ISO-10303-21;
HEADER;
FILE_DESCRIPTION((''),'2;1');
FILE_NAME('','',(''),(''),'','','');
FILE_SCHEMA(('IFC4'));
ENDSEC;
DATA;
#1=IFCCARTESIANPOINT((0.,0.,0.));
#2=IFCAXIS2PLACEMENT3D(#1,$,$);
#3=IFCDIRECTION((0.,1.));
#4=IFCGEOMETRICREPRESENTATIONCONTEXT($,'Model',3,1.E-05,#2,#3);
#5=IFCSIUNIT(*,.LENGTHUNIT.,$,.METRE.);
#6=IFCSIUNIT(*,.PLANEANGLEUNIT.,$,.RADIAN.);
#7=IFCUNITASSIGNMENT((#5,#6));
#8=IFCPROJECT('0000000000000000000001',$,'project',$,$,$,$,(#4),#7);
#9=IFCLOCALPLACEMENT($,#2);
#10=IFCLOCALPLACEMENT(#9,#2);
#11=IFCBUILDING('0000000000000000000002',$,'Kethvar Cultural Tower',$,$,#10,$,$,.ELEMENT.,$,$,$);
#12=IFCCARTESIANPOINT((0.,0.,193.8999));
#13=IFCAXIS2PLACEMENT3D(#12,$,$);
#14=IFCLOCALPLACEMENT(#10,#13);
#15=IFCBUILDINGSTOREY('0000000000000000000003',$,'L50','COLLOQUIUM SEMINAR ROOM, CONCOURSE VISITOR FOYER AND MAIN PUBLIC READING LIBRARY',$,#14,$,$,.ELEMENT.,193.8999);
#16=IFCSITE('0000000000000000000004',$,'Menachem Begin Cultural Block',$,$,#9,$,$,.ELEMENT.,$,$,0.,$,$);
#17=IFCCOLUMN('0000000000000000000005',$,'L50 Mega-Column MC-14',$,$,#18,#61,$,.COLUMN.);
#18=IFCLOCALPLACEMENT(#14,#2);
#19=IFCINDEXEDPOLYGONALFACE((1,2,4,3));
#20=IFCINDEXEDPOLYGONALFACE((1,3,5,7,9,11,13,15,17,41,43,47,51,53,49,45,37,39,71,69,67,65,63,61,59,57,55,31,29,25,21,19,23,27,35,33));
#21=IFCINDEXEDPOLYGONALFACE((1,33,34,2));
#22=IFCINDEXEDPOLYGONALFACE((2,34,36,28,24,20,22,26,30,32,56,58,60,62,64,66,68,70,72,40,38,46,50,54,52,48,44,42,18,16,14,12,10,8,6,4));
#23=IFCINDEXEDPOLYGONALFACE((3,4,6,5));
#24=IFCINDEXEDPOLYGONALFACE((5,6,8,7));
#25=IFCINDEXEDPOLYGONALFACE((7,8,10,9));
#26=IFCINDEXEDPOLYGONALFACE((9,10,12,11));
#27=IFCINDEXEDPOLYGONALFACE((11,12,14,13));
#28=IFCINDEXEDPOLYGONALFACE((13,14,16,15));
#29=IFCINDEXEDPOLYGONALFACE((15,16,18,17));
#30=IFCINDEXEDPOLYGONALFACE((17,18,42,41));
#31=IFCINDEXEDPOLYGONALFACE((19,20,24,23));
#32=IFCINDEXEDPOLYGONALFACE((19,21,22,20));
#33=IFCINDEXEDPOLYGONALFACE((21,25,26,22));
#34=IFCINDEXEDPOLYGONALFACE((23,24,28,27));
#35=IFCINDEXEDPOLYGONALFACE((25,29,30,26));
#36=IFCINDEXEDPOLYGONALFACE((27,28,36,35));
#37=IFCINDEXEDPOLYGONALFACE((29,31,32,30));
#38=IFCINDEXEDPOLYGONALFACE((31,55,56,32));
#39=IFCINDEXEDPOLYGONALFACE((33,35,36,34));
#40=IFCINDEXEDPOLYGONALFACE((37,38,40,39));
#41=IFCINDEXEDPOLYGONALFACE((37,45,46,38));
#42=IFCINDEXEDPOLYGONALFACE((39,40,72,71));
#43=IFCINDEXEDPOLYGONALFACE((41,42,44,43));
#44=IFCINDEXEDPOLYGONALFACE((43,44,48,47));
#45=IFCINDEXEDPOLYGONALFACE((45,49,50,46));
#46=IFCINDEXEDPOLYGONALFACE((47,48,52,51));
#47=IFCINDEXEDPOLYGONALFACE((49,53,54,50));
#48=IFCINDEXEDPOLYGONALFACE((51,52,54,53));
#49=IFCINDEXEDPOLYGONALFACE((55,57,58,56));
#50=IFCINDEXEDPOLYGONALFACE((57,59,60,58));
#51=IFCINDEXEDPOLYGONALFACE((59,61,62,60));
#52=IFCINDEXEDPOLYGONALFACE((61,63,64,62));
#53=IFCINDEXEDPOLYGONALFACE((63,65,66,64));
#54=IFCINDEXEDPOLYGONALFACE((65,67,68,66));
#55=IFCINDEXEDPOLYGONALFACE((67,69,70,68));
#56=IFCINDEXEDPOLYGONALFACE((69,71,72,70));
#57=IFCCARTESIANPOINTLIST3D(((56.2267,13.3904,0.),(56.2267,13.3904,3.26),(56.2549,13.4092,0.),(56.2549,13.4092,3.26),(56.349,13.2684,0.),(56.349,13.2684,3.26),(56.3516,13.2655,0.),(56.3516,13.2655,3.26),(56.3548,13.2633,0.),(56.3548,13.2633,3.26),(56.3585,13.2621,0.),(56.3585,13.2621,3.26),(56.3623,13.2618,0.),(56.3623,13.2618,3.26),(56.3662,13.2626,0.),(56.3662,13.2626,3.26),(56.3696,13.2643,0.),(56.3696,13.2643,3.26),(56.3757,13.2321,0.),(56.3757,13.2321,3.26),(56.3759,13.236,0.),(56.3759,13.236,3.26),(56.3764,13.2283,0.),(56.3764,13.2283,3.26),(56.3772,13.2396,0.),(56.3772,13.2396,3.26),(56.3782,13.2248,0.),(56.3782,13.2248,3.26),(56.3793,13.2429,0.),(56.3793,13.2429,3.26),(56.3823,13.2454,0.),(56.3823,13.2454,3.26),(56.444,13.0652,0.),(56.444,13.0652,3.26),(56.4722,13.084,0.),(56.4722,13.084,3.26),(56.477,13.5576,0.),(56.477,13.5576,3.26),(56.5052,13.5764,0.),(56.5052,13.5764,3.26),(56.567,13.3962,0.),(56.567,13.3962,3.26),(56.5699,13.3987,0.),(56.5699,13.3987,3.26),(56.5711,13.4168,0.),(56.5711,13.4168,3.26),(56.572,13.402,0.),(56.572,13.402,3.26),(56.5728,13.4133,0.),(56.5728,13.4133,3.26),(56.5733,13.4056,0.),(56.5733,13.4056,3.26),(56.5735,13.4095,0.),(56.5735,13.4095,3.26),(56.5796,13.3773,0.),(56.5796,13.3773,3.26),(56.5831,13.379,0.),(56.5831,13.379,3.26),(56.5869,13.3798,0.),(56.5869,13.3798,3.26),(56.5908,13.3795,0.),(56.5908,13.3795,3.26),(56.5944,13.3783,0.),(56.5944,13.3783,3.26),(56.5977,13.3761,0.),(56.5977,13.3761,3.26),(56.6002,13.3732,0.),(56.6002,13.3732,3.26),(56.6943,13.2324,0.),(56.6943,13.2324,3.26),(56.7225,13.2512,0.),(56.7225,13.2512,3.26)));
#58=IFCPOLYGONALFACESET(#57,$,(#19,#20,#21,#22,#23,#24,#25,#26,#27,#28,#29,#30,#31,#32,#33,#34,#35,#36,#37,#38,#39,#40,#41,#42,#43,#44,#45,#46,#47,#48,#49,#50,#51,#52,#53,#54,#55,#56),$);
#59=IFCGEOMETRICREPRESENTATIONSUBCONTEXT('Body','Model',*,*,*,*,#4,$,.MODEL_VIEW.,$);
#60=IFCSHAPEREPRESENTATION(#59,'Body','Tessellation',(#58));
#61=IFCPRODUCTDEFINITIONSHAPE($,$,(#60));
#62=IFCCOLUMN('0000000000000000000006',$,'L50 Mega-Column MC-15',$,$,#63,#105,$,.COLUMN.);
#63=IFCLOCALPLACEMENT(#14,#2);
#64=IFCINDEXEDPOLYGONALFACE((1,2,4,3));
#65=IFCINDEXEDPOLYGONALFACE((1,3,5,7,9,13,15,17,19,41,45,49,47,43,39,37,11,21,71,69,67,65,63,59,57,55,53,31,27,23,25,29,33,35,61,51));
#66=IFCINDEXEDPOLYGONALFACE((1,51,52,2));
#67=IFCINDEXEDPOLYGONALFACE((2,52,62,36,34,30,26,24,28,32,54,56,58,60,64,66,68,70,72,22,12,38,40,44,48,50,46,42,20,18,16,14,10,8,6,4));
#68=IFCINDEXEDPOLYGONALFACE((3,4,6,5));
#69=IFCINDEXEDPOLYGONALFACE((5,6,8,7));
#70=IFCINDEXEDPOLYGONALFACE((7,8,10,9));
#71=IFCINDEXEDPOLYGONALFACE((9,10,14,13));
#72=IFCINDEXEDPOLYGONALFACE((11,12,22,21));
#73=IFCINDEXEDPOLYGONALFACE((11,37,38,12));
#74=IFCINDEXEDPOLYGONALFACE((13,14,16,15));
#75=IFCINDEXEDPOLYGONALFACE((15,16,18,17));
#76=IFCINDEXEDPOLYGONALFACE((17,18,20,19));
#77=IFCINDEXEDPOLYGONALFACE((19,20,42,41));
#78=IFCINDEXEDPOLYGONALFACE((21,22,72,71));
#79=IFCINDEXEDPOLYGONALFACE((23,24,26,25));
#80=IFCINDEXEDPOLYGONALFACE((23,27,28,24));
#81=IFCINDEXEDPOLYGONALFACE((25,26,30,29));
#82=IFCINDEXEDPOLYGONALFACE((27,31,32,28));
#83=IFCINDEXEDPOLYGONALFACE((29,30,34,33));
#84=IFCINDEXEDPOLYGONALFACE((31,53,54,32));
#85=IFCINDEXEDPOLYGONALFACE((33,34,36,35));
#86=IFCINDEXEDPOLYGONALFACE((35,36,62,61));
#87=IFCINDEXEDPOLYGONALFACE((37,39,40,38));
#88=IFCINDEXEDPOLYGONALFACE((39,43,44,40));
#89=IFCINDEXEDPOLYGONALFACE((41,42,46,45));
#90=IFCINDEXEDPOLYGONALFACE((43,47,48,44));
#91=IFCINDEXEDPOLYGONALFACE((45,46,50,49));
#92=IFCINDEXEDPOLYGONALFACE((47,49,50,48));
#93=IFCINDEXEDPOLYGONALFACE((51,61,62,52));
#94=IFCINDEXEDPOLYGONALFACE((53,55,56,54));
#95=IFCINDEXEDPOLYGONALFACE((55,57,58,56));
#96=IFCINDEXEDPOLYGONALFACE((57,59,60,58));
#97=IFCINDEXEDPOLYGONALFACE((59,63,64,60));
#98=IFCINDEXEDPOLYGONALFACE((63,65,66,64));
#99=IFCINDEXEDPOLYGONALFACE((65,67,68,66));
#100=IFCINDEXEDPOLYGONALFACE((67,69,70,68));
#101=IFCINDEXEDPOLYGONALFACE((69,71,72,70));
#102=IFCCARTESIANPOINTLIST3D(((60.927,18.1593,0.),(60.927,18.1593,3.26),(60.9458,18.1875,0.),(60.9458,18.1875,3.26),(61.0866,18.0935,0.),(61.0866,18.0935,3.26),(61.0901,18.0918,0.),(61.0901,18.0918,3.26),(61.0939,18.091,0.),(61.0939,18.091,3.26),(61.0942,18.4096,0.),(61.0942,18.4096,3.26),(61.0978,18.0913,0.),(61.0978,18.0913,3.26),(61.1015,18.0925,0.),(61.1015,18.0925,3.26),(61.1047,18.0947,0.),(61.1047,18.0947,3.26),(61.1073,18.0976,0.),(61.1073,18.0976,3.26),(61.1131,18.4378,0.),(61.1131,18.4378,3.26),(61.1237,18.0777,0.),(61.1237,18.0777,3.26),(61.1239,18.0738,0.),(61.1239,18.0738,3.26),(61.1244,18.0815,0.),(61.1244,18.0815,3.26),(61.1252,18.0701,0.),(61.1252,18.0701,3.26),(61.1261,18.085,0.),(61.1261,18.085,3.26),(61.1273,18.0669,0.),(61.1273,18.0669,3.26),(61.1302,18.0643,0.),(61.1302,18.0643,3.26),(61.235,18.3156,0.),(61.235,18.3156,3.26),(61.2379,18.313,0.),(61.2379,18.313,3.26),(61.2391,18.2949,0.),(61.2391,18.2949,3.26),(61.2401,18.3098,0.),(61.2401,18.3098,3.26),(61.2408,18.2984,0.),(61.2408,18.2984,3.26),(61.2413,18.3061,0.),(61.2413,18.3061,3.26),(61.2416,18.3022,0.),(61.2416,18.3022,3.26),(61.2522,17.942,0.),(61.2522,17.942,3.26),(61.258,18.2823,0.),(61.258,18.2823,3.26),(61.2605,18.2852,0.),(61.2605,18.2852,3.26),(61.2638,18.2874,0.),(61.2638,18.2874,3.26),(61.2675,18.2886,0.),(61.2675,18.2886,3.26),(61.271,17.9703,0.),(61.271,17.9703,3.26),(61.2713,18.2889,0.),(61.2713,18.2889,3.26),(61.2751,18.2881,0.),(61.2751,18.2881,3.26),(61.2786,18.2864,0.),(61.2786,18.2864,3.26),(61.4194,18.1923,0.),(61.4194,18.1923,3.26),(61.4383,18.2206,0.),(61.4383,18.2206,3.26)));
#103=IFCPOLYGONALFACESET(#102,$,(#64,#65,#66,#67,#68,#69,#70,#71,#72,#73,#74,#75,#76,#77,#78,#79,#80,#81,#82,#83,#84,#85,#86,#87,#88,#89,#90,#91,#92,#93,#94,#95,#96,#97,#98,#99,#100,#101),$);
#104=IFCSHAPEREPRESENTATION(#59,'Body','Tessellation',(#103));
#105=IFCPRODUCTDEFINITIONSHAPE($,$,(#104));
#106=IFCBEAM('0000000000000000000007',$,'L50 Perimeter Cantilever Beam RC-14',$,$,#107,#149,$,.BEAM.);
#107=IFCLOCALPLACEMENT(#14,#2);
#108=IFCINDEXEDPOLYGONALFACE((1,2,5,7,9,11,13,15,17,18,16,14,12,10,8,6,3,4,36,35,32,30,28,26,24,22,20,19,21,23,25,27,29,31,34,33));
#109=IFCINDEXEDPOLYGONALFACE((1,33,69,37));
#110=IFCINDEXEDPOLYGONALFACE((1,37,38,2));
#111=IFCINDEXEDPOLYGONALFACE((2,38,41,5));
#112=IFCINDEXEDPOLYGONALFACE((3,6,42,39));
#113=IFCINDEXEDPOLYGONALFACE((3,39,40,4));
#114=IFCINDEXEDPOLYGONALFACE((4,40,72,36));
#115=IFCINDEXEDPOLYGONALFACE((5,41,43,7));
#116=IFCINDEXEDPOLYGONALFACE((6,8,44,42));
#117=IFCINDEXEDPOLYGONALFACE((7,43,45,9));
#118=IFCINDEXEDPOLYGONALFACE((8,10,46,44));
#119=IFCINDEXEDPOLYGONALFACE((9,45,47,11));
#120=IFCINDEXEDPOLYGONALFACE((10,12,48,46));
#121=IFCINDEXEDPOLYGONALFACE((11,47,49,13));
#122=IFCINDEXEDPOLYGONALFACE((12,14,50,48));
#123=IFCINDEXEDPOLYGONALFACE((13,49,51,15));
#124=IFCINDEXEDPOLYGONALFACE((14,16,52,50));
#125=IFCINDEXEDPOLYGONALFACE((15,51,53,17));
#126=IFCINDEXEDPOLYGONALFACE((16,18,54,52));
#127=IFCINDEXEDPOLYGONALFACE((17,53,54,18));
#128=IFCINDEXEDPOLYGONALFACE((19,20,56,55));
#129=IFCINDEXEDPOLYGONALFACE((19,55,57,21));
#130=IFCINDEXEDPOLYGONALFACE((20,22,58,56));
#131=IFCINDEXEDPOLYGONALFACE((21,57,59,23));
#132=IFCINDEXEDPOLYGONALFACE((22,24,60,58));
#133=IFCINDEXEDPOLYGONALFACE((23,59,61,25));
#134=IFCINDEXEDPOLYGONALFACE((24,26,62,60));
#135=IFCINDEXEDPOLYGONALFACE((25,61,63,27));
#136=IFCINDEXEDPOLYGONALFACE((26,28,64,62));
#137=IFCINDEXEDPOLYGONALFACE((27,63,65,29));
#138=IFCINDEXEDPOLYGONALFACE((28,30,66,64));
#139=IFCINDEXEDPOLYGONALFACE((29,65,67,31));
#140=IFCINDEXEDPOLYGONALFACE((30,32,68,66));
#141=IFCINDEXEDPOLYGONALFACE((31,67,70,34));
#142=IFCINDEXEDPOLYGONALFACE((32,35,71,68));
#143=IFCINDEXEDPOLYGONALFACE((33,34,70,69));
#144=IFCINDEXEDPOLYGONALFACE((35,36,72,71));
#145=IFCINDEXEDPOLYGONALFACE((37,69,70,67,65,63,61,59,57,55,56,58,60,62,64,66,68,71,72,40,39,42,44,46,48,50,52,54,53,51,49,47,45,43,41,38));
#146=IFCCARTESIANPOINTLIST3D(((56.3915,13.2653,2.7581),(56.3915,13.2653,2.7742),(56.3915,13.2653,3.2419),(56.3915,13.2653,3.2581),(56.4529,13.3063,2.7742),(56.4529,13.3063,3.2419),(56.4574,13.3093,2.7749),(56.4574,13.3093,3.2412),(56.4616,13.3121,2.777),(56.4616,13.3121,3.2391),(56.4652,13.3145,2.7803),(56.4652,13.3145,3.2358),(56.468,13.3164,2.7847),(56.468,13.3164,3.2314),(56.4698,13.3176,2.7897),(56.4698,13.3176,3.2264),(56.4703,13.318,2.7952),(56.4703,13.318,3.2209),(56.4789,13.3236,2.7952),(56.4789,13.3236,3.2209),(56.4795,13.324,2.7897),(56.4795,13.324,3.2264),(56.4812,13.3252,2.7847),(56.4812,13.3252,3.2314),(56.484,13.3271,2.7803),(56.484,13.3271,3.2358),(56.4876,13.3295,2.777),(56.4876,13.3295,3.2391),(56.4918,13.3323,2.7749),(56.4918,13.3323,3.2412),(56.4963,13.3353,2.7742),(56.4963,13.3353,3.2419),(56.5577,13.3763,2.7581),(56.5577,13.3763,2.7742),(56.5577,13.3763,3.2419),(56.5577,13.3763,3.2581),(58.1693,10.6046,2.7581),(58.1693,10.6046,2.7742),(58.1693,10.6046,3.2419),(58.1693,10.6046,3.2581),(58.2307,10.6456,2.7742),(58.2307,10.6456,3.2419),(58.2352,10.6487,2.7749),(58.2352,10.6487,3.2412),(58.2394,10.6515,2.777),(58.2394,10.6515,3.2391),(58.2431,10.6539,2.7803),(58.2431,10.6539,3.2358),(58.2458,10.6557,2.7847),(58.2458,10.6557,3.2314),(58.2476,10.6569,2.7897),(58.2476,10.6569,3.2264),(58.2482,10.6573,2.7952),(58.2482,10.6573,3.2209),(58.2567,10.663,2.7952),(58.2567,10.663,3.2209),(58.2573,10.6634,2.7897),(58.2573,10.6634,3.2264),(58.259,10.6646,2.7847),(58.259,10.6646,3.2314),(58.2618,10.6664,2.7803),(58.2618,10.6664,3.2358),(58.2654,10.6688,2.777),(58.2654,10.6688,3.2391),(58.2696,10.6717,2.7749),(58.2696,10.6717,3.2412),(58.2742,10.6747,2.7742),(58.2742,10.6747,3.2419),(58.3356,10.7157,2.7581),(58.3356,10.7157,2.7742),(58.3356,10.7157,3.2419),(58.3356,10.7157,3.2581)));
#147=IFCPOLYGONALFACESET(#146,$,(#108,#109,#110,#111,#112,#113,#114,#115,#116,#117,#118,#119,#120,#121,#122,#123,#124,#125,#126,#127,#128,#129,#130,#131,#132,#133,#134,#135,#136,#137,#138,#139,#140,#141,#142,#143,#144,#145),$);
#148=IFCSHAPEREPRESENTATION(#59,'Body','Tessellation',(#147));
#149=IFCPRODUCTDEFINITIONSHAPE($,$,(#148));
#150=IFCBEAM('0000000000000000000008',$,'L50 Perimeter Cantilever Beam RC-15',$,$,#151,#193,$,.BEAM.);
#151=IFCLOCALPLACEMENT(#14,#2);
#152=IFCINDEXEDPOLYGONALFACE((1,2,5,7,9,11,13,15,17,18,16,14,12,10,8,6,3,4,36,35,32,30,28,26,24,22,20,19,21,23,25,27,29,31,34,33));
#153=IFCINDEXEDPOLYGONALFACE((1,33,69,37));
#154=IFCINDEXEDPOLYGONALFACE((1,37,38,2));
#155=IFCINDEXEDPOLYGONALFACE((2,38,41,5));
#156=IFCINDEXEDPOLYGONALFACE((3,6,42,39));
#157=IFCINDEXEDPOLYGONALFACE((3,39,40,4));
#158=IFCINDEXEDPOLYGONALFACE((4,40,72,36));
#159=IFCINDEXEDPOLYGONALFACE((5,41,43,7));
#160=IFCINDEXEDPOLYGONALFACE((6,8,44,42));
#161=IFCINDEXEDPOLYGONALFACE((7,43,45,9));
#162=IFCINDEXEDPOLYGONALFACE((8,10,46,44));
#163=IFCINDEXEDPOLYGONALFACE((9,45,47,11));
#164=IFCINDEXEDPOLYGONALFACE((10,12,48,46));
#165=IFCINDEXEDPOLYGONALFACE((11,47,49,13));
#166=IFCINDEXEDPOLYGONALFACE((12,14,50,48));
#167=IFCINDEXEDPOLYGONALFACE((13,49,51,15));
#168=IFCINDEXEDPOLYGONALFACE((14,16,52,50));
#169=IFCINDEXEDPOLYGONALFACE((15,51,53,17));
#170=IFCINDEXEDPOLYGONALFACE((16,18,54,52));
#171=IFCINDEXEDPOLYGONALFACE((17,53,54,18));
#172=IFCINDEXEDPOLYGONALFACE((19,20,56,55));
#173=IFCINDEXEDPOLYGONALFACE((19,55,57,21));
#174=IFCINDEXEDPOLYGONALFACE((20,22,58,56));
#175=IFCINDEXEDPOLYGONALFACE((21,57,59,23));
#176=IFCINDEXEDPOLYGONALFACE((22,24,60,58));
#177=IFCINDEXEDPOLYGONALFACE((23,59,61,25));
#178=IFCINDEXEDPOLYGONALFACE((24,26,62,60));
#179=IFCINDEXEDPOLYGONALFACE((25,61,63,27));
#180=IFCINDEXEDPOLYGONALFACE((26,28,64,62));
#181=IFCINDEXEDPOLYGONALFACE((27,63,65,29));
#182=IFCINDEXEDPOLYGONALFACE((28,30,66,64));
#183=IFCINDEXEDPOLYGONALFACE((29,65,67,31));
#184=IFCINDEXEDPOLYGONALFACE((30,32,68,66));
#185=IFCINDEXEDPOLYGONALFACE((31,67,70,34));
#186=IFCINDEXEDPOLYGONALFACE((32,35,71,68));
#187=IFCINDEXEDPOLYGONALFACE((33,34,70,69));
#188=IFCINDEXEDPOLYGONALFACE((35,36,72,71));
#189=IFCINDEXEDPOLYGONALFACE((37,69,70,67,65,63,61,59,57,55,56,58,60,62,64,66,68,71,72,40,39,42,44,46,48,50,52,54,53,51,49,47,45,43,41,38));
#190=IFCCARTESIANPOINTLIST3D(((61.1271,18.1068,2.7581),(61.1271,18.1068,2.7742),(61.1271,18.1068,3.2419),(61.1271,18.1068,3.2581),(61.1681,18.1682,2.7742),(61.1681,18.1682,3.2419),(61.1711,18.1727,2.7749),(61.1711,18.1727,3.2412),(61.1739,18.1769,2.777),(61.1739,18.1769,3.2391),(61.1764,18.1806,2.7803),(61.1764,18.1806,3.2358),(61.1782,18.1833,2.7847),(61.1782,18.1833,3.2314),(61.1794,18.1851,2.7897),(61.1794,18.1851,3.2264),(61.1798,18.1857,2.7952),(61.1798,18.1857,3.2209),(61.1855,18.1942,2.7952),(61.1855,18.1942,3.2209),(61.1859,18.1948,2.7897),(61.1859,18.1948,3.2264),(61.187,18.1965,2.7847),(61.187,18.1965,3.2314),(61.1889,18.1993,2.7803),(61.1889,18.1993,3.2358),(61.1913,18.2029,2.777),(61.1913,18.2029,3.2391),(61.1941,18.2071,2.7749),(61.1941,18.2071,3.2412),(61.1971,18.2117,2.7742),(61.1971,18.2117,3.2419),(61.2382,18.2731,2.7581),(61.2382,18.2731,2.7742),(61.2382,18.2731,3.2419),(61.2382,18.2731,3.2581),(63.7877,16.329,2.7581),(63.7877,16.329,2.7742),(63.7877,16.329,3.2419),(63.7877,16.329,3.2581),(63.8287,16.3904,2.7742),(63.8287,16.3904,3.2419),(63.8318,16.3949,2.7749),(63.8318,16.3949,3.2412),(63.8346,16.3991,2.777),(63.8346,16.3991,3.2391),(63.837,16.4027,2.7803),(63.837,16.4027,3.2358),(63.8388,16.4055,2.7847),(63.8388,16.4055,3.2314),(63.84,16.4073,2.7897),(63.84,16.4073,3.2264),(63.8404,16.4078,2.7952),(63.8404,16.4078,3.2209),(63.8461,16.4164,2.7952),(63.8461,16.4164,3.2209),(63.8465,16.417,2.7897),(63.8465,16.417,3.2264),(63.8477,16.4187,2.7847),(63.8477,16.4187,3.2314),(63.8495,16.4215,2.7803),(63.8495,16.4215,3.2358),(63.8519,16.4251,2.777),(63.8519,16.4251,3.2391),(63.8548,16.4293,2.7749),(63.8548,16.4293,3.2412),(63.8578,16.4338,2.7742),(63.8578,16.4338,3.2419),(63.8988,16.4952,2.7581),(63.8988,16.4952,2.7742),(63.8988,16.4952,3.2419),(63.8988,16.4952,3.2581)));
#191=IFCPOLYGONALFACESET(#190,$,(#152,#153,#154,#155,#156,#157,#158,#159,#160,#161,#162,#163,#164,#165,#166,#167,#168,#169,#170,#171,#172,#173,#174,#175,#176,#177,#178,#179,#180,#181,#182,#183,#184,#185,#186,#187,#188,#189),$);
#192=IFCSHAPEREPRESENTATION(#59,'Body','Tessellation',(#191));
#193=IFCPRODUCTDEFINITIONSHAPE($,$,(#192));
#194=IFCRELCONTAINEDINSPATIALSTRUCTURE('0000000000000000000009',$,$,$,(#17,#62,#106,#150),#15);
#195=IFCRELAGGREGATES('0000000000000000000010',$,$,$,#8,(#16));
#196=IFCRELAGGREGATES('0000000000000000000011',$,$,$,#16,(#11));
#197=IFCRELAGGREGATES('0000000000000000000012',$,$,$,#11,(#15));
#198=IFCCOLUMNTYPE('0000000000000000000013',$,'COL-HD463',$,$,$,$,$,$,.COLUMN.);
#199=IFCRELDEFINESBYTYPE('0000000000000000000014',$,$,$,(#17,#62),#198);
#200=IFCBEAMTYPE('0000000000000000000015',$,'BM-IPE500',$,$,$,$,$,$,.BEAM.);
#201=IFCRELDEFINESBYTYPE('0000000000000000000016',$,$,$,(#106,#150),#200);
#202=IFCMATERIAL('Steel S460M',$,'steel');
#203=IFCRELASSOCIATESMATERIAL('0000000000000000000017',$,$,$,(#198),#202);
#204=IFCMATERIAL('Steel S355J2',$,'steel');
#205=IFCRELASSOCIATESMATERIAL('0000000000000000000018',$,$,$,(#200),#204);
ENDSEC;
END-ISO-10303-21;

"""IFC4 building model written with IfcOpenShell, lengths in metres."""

from ifc_helpers import new_model, si_unit, direction, frame, origin, origin_2d, place, context, subcontext, project, spatial, i_section, extrude, source, transform, mapped, material, material_profile, profile_set, type_object, element, save


model = new_model("IFC4")

# Units and contexts
model_context = context("Model", 3, precision=1e-05, world=origin(), true_north=direction((0.0, 1.0)))
body_context = subcontext(model_context, "Body", "Model", "MODEL_VIEW")
ifc_project = project(units=[si_unit("LENGTHUNIT", "METRE"), si_unit("PLANEANGLEUNIT", "RADIAN")], contexts=[model_context])

# Site, building, storey
site_placement = place(None, origin())
site = spatial("IfcSite", under=ifc_project, at=site_placement, Name="Menachem Begin Cultural Block", CompositionType="ELEMENT", RefElevation=0.0)
building_placement = place(site_placement, origin())
building = spatial("IfcBuilding", under=site, at=building_placement, Name="Kethvar Cultural Tower", CompositionType="ELEMENT")
storey_placement = place(building_placement, frame((0.0, 0.0, 193.8999)))
storey = spatial("IfcBuildingStorey", under=building, at=storey_placement, Name="L50", Description="COLLOQUIUM SEMINAR ROOM, CONCOURSE VISITOR FOYER AND MAIN PUBLIC READING LIBRARY", CompositionType="ELEMENT", Elevation=193.8999)

# Columns
ifc_material_1 = material(Name="Steel S460M", Category="steel")
ifc_material_profile_1 = material_profile(ifc_material_1, i_section(OverallWidth=0.3911, OverallDepth=0.335, WebThickness=0.0227, FlangeThickness=0.0339, FilletRadius=0.0149, at=origin_2d()), Name="Steel S460M — HD400x463")
ifc_profile_set_1 = profile_set([ifc_material_profile_1], Name="Steel S460M — HD400x463")
column_type = type_object("IfcColumnType", Name="COL-HD463", PredefinedType="COLUMN", material=ifc_profile_set_1)
shared_shape_1 = source(origin(), body_context, "Body", "SweptSolid", [
    extrude(i_section(OverallWidth=0.3911, OverallDepth=0.335, WebThickness=0.0227, FlangeThickness=0.0339, FilletRadius=0.0149, at=origin_2d()), origin(), (0.0, 0.0, 1.0), 3.26),
])
for number, where, z_axis, x_axis, name in (
    (1, (56.4746, 13.3208, 0.0), (0.0, 0.0, 1.0), (0.55557, -0.83147, 0.0), "L50 Mega-Column MC-14"),
    (2, (61.1826, 18.1899, 0.0), (0.0, 0.0, 1.0), (0.83147, -0.55557, 0.0), "L50 Mega-Column MC-15"),
):
    element("IfcColumn", number, at=place(storey_placement, frame(where, z_axis=z_axis, x_axis=x_axis)), inside=storey, type_object=column_type, Name=name, PredefinedType="COLUMN", context=body_context, shape_type="MappedRepresentation", body=[
        mapped(shared_shape_1, transform((0.0, 0.0, 0.0), scale=1.0)),
    ])

# Beams
ifc_material_2 = material(Name="Steel S355J2", Category="steel")
ifc_material_profile_2 = material_profile(ifc_material_2, i_section(OverallWidth=0.2, OverallDepth=0.5, WebThickness=0.0103, FlangeThickness=0.0161, FilletRadius=0.021, at=origin_2d()), Name="Steel S355J2 — IPE500")
ifc_profile_set_2 = profile_set([ifc_material_profile_2], Name="Steel S355J2 — IPE500")
beam_type_1 = type_object("IfcBeamType", Name="BM-IPE500", PredefinedType="BEAM", material=ifc_profile_set_2)
shared_shape_2 = source(origin(), body_context, "Body", "SweptSolid", [
    extrude(i_section(OverallWidth=0.2, OverallDepth=0.5, WebThickness=0.0103, FlangeThickness=0.0161, FilletRadius=0.021, at=origin_2d()), origin(), (0.0, 0.0, 1.0), 3.2),
])
for number, where, z_axis, x_axis, name in (
    (3, (56.4746, 13.3208, 3.0081), (0.55558, -0.831463, 0.0), (0.831463, 0.55558, 0.0), "L50 Perimeter Cantilever Beam RC-14"),
    (4, (61.1826, 18.1899, 3.0081), (0.831463, -0.55558, 0.0), (0.55558, 0.831463, 0.0), "L50 Perimeter Cantilever Beam RC-15"),
):
    element("IfcBeam", number, at=place(storey_placement, frame(where, z_axis=z_axis, x_axis=x_axis)), inside=storey, type_object=beam_type_1, Name=name, PredefinedType="BEAM", context=body_context, shape_type="MappedRepresentation", body=[
        mapped(shared_shape_2, transform((0.0, 0.0, 0.0), scale=1.0)),
    ])

save(model, "model.ifc")
